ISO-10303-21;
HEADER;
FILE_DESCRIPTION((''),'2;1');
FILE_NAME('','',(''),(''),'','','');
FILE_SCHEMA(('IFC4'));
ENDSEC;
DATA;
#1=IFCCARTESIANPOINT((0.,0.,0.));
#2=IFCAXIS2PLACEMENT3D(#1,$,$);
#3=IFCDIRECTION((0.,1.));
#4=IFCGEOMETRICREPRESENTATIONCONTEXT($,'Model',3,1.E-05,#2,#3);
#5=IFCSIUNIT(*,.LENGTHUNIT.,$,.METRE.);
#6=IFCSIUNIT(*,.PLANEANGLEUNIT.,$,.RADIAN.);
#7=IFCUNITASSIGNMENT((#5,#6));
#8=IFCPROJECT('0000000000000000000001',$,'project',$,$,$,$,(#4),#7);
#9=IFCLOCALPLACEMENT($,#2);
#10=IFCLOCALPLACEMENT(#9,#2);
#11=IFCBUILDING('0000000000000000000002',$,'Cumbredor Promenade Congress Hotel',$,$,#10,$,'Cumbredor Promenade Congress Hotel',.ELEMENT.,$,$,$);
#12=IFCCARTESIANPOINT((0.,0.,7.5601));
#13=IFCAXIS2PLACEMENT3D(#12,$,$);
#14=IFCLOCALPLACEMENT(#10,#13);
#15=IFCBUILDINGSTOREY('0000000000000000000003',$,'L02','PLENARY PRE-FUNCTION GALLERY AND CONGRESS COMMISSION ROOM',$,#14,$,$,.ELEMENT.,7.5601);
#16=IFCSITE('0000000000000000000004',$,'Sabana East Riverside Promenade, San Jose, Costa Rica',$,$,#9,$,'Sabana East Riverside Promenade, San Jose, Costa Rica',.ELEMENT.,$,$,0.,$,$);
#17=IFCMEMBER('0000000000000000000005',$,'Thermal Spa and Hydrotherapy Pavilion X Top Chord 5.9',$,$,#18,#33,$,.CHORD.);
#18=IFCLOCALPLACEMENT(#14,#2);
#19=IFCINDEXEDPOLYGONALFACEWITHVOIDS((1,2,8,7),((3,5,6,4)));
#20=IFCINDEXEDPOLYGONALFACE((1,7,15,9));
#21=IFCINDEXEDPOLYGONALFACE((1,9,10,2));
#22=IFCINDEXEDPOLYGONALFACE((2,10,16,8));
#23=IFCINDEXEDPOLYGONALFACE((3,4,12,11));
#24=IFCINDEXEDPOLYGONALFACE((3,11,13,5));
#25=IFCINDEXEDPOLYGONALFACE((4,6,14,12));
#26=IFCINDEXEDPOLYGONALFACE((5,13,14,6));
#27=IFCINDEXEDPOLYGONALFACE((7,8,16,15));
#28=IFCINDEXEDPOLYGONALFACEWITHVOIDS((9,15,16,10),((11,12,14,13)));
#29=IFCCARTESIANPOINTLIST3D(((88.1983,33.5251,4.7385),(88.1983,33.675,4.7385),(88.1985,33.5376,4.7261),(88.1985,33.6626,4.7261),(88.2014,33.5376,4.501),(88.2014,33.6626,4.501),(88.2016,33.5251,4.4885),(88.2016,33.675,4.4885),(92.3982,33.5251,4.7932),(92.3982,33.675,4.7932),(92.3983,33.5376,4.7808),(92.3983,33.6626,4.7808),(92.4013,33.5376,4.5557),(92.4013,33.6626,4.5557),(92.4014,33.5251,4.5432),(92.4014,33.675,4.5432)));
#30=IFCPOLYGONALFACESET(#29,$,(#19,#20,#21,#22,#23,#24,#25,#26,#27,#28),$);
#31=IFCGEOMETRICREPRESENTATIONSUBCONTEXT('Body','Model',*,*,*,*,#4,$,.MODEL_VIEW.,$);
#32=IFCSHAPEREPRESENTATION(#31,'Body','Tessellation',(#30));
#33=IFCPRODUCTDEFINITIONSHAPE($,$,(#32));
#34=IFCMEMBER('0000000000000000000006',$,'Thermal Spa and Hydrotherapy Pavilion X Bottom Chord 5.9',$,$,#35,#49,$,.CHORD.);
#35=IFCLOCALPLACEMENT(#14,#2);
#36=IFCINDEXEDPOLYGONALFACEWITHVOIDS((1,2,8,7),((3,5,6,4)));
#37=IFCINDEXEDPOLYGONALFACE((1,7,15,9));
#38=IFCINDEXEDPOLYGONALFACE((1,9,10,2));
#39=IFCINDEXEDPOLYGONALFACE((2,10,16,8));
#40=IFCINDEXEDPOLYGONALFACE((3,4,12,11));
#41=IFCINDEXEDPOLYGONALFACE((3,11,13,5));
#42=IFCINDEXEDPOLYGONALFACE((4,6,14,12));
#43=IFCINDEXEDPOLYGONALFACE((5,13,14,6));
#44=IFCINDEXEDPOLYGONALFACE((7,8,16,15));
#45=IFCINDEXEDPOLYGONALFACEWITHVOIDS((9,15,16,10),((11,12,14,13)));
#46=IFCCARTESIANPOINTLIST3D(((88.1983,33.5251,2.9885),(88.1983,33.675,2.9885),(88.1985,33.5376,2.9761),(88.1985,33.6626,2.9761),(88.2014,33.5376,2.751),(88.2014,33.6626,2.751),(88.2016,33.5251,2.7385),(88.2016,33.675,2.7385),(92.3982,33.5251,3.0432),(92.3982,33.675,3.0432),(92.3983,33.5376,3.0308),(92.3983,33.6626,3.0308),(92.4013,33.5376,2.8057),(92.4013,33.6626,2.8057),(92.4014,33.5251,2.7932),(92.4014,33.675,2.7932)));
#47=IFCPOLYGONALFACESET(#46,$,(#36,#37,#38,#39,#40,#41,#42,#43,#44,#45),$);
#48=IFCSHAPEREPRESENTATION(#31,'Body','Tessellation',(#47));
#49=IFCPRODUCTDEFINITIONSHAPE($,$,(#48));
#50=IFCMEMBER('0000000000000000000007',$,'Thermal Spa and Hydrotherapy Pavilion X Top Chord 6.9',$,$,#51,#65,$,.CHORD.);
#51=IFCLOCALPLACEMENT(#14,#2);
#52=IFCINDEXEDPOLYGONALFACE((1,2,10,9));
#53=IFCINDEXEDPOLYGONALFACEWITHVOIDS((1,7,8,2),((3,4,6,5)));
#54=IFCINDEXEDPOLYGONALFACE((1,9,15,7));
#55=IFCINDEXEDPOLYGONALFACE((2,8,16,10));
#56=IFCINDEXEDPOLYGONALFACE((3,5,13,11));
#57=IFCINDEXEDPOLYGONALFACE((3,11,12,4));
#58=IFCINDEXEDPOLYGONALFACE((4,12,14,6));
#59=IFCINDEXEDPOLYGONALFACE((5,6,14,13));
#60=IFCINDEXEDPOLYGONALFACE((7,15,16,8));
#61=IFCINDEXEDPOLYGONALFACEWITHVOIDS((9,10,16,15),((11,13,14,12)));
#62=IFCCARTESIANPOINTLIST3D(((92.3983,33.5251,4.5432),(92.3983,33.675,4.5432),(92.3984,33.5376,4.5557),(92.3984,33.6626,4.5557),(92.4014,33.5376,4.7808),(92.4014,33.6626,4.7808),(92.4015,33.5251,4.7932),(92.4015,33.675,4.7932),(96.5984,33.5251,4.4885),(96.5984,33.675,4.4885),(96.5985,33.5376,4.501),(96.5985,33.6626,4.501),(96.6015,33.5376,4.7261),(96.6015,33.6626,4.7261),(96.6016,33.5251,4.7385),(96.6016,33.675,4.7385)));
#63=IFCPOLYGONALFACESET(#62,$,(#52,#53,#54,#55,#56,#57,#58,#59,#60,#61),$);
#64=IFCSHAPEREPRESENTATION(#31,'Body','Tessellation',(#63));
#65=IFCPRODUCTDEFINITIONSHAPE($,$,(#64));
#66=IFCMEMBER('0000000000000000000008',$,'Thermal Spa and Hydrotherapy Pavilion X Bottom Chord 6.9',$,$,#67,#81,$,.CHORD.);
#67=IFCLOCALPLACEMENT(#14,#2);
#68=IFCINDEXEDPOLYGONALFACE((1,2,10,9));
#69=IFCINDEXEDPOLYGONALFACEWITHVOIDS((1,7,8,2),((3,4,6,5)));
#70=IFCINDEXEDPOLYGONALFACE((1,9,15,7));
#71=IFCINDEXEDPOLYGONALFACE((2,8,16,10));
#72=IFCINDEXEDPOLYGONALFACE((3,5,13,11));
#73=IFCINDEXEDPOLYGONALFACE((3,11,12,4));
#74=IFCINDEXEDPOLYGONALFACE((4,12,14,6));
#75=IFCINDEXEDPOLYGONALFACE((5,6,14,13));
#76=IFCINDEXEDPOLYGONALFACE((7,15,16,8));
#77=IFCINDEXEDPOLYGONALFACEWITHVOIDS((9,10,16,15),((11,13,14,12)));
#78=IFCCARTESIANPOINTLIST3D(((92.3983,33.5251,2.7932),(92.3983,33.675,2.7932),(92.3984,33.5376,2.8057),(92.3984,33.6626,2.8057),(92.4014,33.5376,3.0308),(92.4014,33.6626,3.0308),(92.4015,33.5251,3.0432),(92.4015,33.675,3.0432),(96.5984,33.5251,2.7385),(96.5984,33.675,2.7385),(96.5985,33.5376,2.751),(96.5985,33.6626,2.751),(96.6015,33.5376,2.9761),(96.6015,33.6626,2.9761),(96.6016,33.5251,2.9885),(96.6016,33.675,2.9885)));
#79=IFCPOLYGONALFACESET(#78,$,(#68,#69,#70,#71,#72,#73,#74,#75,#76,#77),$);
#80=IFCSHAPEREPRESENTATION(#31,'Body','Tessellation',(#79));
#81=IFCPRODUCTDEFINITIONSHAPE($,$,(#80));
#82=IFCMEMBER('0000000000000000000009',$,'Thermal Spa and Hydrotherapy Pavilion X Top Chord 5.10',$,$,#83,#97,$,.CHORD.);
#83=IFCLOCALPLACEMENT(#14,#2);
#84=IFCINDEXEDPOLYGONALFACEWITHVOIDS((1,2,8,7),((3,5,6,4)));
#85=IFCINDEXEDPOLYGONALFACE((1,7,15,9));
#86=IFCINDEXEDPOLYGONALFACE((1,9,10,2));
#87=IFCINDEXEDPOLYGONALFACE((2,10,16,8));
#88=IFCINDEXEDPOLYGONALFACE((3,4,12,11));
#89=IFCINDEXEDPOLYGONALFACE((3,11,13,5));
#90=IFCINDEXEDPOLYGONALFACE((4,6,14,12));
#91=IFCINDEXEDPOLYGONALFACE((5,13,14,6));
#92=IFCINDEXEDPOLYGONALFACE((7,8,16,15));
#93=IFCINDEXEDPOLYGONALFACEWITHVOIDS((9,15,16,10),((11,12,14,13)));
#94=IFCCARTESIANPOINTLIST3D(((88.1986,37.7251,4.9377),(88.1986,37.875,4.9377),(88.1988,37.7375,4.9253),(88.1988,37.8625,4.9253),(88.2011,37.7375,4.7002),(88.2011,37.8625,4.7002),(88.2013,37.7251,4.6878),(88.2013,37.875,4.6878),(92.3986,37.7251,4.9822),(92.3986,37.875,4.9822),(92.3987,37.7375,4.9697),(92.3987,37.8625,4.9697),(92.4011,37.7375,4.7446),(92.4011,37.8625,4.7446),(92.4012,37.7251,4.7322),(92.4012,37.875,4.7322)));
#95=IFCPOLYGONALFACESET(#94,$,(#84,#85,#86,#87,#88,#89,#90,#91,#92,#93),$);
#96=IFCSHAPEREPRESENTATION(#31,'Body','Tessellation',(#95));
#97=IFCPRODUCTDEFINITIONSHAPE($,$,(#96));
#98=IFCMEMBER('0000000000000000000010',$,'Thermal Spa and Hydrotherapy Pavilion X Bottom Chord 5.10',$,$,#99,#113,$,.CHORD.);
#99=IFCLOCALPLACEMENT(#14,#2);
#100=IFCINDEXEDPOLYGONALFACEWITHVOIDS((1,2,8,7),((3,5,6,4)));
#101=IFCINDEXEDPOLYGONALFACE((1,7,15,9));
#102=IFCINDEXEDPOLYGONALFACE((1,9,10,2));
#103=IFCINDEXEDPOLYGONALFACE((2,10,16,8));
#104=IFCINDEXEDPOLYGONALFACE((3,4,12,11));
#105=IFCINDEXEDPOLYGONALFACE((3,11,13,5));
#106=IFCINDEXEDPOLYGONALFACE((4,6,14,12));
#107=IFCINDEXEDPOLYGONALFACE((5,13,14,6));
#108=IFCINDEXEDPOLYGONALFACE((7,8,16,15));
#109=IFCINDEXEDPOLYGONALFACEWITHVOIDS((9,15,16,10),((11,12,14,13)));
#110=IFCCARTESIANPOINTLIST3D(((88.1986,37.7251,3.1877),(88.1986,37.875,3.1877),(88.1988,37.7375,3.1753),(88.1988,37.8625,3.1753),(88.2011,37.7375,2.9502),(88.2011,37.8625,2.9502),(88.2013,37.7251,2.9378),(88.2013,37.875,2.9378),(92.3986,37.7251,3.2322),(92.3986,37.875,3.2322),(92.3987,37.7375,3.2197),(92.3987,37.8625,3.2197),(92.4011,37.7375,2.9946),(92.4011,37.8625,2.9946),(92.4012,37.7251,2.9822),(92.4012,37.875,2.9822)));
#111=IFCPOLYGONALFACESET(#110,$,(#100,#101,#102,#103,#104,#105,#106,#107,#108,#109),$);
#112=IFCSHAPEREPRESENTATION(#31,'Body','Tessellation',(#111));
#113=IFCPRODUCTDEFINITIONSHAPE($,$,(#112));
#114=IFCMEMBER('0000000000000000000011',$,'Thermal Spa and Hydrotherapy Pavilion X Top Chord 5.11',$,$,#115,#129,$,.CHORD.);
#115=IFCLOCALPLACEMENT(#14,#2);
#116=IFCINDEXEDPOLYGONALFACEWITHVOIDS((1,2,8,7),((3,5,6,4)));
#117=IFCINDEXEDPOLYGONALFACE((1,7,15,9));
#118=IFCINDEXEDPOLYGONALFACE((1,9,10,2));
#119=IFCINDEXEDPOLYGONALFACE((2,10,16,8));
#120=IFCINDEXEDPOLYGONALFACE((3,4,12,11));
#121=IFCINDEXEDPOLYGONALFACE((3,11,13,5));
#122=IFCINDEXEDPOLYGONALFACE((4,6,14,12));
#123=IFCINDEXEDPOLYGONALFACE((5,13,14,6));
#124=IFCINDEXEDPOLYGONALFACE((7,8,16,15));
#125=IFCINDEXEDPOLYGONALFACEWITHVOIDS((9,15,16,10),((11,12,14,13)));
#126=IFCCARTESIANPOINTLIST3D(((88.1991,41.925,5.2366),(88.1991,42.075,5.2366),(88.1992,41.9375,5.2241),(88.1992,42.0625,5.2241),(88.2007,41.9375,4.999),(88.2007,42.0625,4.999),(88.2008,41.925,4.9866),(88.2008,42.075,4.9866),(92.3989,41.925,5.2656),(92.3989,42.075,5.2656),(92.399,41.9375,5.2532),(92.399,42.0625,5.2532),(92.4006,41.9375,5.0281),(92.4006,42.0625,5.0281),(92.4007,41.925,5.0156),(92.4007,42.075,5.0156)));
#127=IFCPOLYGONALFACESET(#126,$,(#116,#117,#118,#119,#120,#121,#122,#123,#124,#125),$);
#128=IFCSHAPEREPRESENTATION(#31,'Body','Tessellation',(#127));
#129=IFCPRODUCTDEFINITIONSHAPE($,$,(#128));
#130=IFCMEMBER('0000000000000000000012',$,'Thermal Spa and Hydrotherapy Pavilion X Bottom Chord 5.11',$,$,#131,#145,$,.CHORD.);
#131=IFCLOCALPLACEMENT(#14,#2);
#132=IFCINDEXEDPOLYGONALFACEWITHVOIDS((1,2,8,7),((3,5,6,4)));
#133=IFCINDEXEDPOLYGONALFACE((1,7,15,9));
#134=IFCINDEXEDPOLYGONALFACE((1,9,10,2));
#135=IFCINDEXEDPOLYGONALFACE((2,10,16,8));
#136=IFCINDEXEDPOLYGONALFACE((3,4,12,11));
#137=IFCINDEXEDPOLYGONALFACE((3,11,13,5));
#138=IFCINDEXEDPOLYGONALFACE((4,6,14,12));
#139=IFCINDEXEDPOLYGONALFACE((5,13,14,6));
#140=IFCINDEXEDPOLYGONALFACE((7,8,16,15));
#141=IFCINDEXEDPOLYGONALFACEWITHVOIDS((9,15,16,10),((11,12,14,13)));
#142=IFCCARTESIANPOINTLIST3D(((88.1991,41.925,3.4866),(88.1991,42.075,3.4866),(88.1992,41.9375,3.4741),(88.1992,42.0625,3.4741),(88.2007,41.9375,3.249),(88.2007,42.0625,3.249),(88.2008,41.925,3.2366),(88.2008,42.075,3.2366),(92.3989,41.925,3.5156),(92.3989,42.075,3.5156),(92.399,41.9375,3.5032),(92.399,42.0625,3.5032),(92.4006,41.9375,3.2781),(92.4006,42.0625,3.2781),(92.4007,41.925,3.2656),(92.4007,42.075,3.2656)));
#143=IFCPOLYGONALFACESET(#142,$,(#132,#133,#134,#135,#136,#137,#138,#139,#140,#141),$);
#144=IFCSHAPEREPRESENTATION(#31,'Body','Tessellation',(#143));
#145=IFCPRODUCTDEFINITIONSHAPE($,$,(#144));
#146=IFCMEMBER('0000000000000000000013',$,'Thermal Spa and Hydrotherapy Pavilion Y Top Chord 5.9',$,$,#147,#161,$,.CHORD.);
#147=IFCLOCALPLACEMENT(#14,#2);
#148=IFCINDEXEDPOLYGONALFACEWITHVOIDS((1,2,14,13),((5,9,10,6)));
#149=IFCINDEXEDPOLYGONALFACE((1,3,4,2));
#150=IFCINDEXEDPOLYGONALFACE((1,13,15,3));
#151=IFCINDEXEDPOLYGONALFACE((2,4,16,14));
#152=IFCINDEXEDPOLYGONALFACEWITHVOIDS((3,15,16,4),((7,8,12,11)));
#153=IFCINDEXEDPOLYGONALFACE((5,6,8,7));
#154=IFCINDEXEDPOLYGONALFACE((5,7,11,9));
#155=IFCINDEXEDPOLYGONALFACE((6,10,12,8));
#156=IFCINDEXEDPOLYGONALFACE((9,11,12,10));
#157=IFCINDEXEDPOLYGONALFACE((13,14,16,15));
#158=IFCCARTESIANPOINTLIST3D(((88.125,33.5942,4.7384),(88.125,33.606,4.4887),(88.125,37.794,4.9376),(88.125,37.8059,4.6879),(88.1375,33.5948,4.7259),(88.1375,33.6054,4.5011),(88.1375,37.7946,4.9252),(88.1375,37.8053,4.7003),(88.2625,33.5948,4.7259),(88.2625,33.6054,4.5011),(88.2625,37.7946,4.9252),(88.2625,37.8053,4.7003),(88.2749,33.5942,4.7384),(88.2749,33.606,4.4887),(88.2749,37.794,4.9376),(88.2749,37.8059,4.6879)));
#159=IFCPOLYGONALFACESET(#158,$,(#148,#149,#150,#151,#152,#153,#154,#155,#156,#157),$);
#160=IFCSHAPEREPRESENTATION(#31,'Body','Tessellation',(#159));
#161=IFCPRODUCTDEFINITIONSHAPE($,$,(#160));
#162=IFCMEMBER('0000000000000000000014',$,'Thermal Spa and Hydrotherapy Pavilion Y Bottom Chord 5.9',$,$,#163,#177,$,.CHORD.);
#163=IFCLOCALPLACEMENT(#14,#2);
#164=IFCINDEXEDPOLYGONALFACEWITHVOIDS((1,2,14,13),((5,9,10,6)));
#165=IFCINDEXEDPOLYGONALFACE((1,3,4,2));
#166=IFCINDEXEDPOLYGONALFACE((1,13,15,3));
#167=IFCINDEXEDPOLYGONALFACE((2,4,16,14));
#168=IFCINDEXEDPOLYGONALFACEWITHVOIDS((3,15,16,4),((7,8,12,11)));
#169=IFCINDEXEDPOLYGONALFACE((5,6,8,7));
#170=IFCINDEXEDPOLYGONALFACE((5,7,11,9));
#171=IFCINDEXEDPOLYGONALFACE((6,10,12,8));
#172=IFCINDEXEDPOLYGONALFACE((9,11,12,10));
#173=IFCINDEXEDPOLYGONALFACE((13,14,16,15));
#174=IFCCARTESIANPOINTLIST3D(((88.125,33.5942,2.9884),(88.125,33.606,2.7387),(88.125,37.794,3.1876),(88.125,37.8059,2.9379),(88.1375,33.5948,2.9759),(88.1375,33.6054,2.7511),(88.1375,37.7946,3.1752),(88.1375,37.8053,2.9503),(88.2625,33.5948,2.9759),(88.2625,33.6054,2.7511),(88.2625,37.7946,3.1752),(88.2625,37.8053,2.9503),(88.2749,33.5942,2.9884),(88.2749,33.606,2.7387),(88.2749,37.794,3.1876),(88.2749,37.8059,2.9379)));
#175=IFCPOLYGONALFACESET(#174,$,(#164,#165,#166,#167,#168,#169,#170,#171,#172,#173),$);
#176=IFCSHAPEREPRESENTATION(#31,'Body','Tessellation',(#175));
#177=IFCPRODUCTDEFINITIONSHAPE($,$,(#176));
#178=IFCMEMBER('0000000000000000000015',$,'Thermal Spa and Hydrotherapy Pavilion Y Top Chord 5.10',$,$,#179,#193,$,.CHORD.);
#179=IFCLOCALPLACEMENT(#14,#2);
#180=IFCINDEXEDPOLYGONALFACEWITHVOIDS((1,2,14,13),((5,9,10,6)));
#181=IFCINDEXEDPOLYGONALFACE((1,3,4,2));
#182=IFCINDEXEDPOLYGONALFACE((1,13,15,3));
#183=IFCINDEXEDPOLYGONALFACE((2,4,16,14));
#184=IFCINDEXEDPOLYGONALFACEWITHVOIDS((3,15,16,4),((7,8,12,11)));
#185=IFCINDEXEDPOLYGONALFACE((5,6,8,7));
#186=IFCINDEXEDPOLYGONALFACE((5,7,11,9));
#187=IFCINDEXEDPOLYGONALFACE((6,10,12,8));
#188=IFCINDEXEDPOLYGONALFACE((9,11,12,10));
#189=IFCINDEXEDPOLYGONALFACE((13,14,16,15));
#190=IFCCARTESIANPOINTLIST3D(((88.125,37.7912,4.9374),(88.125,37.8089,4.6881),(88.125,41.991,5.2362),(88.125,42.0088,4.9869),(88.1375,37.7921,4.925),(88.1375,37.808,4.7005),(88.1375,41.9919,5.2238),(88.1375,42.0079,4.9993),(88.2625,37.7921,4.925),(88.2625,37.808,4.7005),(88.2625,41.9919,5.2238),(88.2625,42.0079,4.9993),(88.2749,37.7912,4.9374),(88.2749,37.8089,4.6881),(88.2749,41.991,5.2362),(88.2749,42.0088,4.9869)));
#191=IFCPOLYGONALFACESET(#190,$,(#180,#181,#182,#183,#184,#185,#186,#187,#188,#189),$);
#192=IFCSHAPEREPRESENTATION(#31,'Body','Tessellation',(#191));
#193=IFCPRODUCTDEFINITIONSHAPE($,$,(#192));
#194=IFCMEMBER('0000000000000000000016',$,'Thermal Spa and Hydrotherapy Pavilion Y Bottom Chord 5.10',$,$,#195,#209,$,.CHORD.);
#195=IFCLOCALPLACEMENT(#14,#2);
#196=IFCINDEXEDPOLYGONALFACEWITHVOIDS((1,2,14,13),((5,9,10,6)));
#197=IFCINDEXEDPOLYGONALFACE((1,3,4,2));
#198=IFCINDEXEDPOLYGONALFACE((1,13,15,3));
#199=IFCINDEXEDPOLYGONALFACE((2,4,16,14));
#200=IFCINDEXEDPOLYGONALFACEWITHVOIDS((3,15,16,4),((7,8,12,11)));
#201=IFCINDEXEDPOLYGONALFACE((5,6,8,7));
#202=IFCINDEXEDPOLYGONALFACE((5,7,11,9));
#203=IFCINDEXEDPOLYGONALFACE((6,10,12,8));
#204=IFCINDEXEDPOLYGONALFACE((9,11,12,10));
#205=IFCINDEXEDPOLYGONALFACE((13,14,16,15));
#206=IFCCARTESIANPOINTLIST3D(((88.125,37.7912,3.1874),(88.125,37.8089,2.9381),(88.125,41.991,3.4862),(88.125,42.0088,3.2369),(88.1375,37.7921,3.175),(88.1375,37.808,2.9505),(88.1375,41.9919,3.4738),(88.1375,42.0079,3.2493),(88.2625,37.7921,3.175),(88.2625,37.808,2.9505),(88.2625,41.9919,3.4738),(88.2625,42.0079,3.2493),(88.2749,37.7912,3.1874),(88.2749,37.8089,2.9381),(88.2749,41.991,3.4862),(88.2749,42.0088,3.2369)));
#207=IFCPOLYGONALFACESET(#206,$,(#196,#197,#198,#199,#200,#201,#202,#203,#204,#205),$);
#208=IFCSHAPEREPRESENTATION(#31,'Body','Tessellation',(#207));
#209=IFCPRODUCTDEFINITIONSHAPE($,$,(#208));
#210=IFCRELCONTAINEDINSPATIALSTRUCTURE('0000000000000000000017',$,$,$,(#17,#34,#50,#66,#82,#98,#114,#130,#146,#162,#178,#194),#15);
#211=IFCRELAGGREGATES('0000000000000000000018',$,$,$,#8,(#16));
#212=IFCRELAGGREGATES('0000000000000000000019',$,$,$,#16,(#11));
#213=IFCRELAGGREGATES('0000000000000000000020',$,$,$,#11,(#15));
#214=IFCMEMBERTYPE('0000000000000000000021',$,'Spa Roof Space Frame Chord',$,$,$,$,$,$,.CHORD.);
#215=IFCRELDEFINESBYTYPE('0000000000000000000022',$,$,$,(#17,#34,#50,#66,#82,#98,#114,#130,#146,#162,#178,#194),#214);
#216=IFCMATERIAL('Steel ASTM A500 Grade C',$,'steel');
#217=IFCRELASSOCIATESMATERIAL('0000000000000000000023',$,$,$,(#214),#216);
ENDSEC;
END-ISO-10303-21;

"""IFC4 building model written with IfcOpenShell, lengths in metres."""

from ifc_helpers import new_model, si_unit, direction, frame, origin, origin_2d, place, context, subcontext, project, spatial, hollow_rectangle, extrude, material, material_profile, profile_set, type_object, element, save


model = new_model("IFC4")

# Units and contexts
model_context = context("Model", 3, precision=1e-05, world=origin(), true_north=direction((0.0, 1.0)))
body_context = subcontext(model_context, "Body", "Model", "MODEL_VIEW")
ifc_project = project(units=[si_unit("LENGTHUNIT", "METRE"), si_unit("PLANEANGLEUNIT", "RADIAN")], contexts=[model_context])

# Site, building, storey
site_placement = place(None, origin())
site = spatial("IfcSite", under=ifc_project, at=site_placement, Name="Sabana East Riverside Promenade, San Jose, Costa Rica", LongName="Sabana East Riverside Promenade, San Jose, Costa Rica", CompositionType="ELEMENT", RefElevation=0.0)
building_placement = place(site_placement, origin())
building = spatial("IfcBuilding", under=site, at=building_placement, Name="Cumbredor Promenade Congress Hotel", LongName="Cumbredor Promenade Congress Hotel", CompositionType="ELEMENT")
storey_placement = place(building_placement, frame((0.0, 0.0, 7.5601)))
storey = spatial("IfcBuildingStorey", under=building, at=storey_placement, Name="L02", Description="PLENARY PRE-FUNCTION GALLERY AND CONGRESS COMMISSION ROOM", CompositionType="ELEMENT", Elevation=7.5601)

# Members
ifc_material_1 = material(Name="Steel ASTM A500 Grade C", Category="steel")
ifc_material_profile_1 = material_profile(ifc_material_1, hollow_rectangle(XDim=0.1499, YDim=0.25, WallThickness=0.0125, at=origin_2d()), Name="HSS 250x150x12.5")
ifc_profile_set_1 = profile_set([ifc_material_profile_1], Name="Steel ASTM A500 Grade C")
member_type_1 = type_object("IfcMemberType", Name="Spa Roof Space Frame Chord", PredefinedType="CHORD", material=ifc_profile_set_1)
for number, where, z_axis, x_axis, name in (
    (1, (88.2, 33.6001, 4.6135), (0.999915, 0.0, 0.01302), (0.0, 1.0, 0.0), "Thermal Spa and Hydrotherapy Pavilion X Top Chord 5.9"),
    (2, (88.2, 33.6001, 2.8635), (0.999915, 0.0, 0.01302), (0.0, 1.0, 0.0), "Thermal Spa and Hydrotherapy Pavilion X Bottom Chord 5.9"),
):
    element("IfcMember", number, at=place(storey_placement, frame(where, z_axis=z_axis, x_axis=x_axis)), inside=storey, type_object=member_type_1, Name=name, PredefinedType="CHORD", context=body_context, shape_type="SweptSolid", body=[
        extrude(hollow_rectangle(XDim=0.1499, YDim=0.25, WallThickness=0.0125, at=origin_2d()), origin(), (0.0, 0.0, 1.0), 4.2002),
    ])
for number, where, z_axis, x_axis, name in (
    (3, (92.3999, 33.6001, 4.6682), (0.999915, 0.0, -0.013019), (0.0, 1.0, 0.0), "Thermal Spa and Hydrotherapy Pavilion X Top Chord 6.9"),
    (4, (92.3999, 33.6001, 2.9182), (0.999915, 0.0, -0.013019), (0.0, 1.0, 0.0), "Thermal Spa and Hydrotherapy Pavilion X Bottom Chord 6.9"),
):
    element("IfcMember", number, at=place(storey_placement, frame(where, z_axis=z_axis, x_axis=x_axis)), inside=storey, type_object=member_type_1, Name=name, PredefinedType="CHORD", context=body_context, shape_type="SweptSolid", body=[
        extrude(hollow_rectangle(XDim=0.1499, YDim=0.25, WallThickness=0.0125, at=origin_2d()), origin(), (0.0, 0.0, 1.0), 4.2004),
    ])
for number, where, z_axis, x_axis, name in (
    (5, (88.2, 37.8, 4.8127), (0.999944, 0.0, 0.010579), (0.0, 1.0, 0.0), "Thermal Spa and Hydrotherapy Pavilion X Top Chord 5.10"),
    (6, (88.2, 37.8, 3.0627), (0.999944, 0.0, 0.010579), (0.0, 1.0, 0.0), "Thermal Spa and Hydrotherapy Pavilion X Bottom Chord 5.10"),
):
    element("IfcMember", number, at=place(storey_placement, frame(where, z_axis=z_axis, x_axis=x_axis)), inside=storey, type_object=member_type_1, Name=name, PredefinedType="CHORD", context=body_context, shape_type="SweptSolid", body=[
        extrude(hollow_rectangle(XDim=0.1499, YDim=0.25, WallThickness=0.0125, at=origin_2d()), origin(), (0.0, 0.0, 1.0), 4.2002),
    ])
for number, where, z_axis, x_axis, name in (
    (7, (88.2, 42.0, 5.1116), (0.999976, 0.0, 0.006917), (0.0, 1.0, 0.0), "Thermal Spa and Hydrotherapy Pavilion X Top Chord 5.11"),
    (8, (88.2, 42.0, 3.3616), (0.999976, 0.0, 0.006917), (0.0, 1.0, 0.0), "Thermal Spa and Hydrotherapy Pavilion X Bottom Chord 5.11"),
):
    element("IfcMember", number, at=place(storey_placement, frame(where, z_axis=z_axis, x_axis=x_axis)), inside=storey, type_object=member_type_1, Name=name, PredefinedType="CHORD", context=body_context, shape_type="SweptSolid", body=[
        extrude(hollow_rectangle(XDim=0.1499, YDim=0.25, WallThickness=0.0125, at=origin_2d()), origin(), (0.0, 0.0, 1.0), 4.2),
    ])
for number, where, z_axis, x_axis, name in (
    (9, (88.2, 33.6001, 4.6135), (0.0, 0.998877, 0.04738), (-1.0, 0.0, 0.0), "Thermal Spa and Hydrotherapy Pavilion Y Top Chord 5.9"),
    (10, (88.2, 33.6001, 2.8635), (0.0, 0.998877, 0.04738), (-1.0, 0.0, 0.0), "Thermal Spa and Hydrotherapy Pavilion Y Bottom Chord 5.9"),
):
    element("IfcMember", number, at=place(storey_placement, frame(where, z_axis=z_axis, x_axis=x_axis)), inside=storey, type_object=member_type_1, Name=name, PredefinedType="CHORD", context=body_context, shape_type="SweptSolid", body=[
        extrude(hollow_rectangle(XDim=0.1499, YDim=0.25, WallThickness=0.0125, at=origin_2d()), origin(), (0.0, 0.0, 1.0), 4.2046),
    ])
for number, where, z_axis, x_axis, name in (
    (11, (88.2, 37.8, 4.8127), (0.0, 0.997478, 0.070971), (-1.0, 0.0, 0.0), "Thermal Spa and Hydrotherapy Pavilion Y Top Chord 5.10"),
    (12, (88.2, 37.8, 3.0627), (0.0, 0.997478, 0.070971), (-1.0, 0.0, 0.0), "Thermal Spa and Hydrotherapy Pavilion Y Bottom Chord 5.10"),
):
    element("IfcMember", number, at=place(storey_placement, frame(where, z_axis=z_axis, x_axis=x_axis)), inside=storey, type_object=member_type_1, Name=name, PredefinedType="CHORD", context=body_context, shape_type="SweptSolid", body=[
        extrude(hollow_rectangle(XDim=0.1499, YDim=0.25, WallThickness=0.0125, at=origin_2d()), origin(), (0.0, 0.0, 1.0), 4.2104),
    ])

save(model, "model.ifc")
